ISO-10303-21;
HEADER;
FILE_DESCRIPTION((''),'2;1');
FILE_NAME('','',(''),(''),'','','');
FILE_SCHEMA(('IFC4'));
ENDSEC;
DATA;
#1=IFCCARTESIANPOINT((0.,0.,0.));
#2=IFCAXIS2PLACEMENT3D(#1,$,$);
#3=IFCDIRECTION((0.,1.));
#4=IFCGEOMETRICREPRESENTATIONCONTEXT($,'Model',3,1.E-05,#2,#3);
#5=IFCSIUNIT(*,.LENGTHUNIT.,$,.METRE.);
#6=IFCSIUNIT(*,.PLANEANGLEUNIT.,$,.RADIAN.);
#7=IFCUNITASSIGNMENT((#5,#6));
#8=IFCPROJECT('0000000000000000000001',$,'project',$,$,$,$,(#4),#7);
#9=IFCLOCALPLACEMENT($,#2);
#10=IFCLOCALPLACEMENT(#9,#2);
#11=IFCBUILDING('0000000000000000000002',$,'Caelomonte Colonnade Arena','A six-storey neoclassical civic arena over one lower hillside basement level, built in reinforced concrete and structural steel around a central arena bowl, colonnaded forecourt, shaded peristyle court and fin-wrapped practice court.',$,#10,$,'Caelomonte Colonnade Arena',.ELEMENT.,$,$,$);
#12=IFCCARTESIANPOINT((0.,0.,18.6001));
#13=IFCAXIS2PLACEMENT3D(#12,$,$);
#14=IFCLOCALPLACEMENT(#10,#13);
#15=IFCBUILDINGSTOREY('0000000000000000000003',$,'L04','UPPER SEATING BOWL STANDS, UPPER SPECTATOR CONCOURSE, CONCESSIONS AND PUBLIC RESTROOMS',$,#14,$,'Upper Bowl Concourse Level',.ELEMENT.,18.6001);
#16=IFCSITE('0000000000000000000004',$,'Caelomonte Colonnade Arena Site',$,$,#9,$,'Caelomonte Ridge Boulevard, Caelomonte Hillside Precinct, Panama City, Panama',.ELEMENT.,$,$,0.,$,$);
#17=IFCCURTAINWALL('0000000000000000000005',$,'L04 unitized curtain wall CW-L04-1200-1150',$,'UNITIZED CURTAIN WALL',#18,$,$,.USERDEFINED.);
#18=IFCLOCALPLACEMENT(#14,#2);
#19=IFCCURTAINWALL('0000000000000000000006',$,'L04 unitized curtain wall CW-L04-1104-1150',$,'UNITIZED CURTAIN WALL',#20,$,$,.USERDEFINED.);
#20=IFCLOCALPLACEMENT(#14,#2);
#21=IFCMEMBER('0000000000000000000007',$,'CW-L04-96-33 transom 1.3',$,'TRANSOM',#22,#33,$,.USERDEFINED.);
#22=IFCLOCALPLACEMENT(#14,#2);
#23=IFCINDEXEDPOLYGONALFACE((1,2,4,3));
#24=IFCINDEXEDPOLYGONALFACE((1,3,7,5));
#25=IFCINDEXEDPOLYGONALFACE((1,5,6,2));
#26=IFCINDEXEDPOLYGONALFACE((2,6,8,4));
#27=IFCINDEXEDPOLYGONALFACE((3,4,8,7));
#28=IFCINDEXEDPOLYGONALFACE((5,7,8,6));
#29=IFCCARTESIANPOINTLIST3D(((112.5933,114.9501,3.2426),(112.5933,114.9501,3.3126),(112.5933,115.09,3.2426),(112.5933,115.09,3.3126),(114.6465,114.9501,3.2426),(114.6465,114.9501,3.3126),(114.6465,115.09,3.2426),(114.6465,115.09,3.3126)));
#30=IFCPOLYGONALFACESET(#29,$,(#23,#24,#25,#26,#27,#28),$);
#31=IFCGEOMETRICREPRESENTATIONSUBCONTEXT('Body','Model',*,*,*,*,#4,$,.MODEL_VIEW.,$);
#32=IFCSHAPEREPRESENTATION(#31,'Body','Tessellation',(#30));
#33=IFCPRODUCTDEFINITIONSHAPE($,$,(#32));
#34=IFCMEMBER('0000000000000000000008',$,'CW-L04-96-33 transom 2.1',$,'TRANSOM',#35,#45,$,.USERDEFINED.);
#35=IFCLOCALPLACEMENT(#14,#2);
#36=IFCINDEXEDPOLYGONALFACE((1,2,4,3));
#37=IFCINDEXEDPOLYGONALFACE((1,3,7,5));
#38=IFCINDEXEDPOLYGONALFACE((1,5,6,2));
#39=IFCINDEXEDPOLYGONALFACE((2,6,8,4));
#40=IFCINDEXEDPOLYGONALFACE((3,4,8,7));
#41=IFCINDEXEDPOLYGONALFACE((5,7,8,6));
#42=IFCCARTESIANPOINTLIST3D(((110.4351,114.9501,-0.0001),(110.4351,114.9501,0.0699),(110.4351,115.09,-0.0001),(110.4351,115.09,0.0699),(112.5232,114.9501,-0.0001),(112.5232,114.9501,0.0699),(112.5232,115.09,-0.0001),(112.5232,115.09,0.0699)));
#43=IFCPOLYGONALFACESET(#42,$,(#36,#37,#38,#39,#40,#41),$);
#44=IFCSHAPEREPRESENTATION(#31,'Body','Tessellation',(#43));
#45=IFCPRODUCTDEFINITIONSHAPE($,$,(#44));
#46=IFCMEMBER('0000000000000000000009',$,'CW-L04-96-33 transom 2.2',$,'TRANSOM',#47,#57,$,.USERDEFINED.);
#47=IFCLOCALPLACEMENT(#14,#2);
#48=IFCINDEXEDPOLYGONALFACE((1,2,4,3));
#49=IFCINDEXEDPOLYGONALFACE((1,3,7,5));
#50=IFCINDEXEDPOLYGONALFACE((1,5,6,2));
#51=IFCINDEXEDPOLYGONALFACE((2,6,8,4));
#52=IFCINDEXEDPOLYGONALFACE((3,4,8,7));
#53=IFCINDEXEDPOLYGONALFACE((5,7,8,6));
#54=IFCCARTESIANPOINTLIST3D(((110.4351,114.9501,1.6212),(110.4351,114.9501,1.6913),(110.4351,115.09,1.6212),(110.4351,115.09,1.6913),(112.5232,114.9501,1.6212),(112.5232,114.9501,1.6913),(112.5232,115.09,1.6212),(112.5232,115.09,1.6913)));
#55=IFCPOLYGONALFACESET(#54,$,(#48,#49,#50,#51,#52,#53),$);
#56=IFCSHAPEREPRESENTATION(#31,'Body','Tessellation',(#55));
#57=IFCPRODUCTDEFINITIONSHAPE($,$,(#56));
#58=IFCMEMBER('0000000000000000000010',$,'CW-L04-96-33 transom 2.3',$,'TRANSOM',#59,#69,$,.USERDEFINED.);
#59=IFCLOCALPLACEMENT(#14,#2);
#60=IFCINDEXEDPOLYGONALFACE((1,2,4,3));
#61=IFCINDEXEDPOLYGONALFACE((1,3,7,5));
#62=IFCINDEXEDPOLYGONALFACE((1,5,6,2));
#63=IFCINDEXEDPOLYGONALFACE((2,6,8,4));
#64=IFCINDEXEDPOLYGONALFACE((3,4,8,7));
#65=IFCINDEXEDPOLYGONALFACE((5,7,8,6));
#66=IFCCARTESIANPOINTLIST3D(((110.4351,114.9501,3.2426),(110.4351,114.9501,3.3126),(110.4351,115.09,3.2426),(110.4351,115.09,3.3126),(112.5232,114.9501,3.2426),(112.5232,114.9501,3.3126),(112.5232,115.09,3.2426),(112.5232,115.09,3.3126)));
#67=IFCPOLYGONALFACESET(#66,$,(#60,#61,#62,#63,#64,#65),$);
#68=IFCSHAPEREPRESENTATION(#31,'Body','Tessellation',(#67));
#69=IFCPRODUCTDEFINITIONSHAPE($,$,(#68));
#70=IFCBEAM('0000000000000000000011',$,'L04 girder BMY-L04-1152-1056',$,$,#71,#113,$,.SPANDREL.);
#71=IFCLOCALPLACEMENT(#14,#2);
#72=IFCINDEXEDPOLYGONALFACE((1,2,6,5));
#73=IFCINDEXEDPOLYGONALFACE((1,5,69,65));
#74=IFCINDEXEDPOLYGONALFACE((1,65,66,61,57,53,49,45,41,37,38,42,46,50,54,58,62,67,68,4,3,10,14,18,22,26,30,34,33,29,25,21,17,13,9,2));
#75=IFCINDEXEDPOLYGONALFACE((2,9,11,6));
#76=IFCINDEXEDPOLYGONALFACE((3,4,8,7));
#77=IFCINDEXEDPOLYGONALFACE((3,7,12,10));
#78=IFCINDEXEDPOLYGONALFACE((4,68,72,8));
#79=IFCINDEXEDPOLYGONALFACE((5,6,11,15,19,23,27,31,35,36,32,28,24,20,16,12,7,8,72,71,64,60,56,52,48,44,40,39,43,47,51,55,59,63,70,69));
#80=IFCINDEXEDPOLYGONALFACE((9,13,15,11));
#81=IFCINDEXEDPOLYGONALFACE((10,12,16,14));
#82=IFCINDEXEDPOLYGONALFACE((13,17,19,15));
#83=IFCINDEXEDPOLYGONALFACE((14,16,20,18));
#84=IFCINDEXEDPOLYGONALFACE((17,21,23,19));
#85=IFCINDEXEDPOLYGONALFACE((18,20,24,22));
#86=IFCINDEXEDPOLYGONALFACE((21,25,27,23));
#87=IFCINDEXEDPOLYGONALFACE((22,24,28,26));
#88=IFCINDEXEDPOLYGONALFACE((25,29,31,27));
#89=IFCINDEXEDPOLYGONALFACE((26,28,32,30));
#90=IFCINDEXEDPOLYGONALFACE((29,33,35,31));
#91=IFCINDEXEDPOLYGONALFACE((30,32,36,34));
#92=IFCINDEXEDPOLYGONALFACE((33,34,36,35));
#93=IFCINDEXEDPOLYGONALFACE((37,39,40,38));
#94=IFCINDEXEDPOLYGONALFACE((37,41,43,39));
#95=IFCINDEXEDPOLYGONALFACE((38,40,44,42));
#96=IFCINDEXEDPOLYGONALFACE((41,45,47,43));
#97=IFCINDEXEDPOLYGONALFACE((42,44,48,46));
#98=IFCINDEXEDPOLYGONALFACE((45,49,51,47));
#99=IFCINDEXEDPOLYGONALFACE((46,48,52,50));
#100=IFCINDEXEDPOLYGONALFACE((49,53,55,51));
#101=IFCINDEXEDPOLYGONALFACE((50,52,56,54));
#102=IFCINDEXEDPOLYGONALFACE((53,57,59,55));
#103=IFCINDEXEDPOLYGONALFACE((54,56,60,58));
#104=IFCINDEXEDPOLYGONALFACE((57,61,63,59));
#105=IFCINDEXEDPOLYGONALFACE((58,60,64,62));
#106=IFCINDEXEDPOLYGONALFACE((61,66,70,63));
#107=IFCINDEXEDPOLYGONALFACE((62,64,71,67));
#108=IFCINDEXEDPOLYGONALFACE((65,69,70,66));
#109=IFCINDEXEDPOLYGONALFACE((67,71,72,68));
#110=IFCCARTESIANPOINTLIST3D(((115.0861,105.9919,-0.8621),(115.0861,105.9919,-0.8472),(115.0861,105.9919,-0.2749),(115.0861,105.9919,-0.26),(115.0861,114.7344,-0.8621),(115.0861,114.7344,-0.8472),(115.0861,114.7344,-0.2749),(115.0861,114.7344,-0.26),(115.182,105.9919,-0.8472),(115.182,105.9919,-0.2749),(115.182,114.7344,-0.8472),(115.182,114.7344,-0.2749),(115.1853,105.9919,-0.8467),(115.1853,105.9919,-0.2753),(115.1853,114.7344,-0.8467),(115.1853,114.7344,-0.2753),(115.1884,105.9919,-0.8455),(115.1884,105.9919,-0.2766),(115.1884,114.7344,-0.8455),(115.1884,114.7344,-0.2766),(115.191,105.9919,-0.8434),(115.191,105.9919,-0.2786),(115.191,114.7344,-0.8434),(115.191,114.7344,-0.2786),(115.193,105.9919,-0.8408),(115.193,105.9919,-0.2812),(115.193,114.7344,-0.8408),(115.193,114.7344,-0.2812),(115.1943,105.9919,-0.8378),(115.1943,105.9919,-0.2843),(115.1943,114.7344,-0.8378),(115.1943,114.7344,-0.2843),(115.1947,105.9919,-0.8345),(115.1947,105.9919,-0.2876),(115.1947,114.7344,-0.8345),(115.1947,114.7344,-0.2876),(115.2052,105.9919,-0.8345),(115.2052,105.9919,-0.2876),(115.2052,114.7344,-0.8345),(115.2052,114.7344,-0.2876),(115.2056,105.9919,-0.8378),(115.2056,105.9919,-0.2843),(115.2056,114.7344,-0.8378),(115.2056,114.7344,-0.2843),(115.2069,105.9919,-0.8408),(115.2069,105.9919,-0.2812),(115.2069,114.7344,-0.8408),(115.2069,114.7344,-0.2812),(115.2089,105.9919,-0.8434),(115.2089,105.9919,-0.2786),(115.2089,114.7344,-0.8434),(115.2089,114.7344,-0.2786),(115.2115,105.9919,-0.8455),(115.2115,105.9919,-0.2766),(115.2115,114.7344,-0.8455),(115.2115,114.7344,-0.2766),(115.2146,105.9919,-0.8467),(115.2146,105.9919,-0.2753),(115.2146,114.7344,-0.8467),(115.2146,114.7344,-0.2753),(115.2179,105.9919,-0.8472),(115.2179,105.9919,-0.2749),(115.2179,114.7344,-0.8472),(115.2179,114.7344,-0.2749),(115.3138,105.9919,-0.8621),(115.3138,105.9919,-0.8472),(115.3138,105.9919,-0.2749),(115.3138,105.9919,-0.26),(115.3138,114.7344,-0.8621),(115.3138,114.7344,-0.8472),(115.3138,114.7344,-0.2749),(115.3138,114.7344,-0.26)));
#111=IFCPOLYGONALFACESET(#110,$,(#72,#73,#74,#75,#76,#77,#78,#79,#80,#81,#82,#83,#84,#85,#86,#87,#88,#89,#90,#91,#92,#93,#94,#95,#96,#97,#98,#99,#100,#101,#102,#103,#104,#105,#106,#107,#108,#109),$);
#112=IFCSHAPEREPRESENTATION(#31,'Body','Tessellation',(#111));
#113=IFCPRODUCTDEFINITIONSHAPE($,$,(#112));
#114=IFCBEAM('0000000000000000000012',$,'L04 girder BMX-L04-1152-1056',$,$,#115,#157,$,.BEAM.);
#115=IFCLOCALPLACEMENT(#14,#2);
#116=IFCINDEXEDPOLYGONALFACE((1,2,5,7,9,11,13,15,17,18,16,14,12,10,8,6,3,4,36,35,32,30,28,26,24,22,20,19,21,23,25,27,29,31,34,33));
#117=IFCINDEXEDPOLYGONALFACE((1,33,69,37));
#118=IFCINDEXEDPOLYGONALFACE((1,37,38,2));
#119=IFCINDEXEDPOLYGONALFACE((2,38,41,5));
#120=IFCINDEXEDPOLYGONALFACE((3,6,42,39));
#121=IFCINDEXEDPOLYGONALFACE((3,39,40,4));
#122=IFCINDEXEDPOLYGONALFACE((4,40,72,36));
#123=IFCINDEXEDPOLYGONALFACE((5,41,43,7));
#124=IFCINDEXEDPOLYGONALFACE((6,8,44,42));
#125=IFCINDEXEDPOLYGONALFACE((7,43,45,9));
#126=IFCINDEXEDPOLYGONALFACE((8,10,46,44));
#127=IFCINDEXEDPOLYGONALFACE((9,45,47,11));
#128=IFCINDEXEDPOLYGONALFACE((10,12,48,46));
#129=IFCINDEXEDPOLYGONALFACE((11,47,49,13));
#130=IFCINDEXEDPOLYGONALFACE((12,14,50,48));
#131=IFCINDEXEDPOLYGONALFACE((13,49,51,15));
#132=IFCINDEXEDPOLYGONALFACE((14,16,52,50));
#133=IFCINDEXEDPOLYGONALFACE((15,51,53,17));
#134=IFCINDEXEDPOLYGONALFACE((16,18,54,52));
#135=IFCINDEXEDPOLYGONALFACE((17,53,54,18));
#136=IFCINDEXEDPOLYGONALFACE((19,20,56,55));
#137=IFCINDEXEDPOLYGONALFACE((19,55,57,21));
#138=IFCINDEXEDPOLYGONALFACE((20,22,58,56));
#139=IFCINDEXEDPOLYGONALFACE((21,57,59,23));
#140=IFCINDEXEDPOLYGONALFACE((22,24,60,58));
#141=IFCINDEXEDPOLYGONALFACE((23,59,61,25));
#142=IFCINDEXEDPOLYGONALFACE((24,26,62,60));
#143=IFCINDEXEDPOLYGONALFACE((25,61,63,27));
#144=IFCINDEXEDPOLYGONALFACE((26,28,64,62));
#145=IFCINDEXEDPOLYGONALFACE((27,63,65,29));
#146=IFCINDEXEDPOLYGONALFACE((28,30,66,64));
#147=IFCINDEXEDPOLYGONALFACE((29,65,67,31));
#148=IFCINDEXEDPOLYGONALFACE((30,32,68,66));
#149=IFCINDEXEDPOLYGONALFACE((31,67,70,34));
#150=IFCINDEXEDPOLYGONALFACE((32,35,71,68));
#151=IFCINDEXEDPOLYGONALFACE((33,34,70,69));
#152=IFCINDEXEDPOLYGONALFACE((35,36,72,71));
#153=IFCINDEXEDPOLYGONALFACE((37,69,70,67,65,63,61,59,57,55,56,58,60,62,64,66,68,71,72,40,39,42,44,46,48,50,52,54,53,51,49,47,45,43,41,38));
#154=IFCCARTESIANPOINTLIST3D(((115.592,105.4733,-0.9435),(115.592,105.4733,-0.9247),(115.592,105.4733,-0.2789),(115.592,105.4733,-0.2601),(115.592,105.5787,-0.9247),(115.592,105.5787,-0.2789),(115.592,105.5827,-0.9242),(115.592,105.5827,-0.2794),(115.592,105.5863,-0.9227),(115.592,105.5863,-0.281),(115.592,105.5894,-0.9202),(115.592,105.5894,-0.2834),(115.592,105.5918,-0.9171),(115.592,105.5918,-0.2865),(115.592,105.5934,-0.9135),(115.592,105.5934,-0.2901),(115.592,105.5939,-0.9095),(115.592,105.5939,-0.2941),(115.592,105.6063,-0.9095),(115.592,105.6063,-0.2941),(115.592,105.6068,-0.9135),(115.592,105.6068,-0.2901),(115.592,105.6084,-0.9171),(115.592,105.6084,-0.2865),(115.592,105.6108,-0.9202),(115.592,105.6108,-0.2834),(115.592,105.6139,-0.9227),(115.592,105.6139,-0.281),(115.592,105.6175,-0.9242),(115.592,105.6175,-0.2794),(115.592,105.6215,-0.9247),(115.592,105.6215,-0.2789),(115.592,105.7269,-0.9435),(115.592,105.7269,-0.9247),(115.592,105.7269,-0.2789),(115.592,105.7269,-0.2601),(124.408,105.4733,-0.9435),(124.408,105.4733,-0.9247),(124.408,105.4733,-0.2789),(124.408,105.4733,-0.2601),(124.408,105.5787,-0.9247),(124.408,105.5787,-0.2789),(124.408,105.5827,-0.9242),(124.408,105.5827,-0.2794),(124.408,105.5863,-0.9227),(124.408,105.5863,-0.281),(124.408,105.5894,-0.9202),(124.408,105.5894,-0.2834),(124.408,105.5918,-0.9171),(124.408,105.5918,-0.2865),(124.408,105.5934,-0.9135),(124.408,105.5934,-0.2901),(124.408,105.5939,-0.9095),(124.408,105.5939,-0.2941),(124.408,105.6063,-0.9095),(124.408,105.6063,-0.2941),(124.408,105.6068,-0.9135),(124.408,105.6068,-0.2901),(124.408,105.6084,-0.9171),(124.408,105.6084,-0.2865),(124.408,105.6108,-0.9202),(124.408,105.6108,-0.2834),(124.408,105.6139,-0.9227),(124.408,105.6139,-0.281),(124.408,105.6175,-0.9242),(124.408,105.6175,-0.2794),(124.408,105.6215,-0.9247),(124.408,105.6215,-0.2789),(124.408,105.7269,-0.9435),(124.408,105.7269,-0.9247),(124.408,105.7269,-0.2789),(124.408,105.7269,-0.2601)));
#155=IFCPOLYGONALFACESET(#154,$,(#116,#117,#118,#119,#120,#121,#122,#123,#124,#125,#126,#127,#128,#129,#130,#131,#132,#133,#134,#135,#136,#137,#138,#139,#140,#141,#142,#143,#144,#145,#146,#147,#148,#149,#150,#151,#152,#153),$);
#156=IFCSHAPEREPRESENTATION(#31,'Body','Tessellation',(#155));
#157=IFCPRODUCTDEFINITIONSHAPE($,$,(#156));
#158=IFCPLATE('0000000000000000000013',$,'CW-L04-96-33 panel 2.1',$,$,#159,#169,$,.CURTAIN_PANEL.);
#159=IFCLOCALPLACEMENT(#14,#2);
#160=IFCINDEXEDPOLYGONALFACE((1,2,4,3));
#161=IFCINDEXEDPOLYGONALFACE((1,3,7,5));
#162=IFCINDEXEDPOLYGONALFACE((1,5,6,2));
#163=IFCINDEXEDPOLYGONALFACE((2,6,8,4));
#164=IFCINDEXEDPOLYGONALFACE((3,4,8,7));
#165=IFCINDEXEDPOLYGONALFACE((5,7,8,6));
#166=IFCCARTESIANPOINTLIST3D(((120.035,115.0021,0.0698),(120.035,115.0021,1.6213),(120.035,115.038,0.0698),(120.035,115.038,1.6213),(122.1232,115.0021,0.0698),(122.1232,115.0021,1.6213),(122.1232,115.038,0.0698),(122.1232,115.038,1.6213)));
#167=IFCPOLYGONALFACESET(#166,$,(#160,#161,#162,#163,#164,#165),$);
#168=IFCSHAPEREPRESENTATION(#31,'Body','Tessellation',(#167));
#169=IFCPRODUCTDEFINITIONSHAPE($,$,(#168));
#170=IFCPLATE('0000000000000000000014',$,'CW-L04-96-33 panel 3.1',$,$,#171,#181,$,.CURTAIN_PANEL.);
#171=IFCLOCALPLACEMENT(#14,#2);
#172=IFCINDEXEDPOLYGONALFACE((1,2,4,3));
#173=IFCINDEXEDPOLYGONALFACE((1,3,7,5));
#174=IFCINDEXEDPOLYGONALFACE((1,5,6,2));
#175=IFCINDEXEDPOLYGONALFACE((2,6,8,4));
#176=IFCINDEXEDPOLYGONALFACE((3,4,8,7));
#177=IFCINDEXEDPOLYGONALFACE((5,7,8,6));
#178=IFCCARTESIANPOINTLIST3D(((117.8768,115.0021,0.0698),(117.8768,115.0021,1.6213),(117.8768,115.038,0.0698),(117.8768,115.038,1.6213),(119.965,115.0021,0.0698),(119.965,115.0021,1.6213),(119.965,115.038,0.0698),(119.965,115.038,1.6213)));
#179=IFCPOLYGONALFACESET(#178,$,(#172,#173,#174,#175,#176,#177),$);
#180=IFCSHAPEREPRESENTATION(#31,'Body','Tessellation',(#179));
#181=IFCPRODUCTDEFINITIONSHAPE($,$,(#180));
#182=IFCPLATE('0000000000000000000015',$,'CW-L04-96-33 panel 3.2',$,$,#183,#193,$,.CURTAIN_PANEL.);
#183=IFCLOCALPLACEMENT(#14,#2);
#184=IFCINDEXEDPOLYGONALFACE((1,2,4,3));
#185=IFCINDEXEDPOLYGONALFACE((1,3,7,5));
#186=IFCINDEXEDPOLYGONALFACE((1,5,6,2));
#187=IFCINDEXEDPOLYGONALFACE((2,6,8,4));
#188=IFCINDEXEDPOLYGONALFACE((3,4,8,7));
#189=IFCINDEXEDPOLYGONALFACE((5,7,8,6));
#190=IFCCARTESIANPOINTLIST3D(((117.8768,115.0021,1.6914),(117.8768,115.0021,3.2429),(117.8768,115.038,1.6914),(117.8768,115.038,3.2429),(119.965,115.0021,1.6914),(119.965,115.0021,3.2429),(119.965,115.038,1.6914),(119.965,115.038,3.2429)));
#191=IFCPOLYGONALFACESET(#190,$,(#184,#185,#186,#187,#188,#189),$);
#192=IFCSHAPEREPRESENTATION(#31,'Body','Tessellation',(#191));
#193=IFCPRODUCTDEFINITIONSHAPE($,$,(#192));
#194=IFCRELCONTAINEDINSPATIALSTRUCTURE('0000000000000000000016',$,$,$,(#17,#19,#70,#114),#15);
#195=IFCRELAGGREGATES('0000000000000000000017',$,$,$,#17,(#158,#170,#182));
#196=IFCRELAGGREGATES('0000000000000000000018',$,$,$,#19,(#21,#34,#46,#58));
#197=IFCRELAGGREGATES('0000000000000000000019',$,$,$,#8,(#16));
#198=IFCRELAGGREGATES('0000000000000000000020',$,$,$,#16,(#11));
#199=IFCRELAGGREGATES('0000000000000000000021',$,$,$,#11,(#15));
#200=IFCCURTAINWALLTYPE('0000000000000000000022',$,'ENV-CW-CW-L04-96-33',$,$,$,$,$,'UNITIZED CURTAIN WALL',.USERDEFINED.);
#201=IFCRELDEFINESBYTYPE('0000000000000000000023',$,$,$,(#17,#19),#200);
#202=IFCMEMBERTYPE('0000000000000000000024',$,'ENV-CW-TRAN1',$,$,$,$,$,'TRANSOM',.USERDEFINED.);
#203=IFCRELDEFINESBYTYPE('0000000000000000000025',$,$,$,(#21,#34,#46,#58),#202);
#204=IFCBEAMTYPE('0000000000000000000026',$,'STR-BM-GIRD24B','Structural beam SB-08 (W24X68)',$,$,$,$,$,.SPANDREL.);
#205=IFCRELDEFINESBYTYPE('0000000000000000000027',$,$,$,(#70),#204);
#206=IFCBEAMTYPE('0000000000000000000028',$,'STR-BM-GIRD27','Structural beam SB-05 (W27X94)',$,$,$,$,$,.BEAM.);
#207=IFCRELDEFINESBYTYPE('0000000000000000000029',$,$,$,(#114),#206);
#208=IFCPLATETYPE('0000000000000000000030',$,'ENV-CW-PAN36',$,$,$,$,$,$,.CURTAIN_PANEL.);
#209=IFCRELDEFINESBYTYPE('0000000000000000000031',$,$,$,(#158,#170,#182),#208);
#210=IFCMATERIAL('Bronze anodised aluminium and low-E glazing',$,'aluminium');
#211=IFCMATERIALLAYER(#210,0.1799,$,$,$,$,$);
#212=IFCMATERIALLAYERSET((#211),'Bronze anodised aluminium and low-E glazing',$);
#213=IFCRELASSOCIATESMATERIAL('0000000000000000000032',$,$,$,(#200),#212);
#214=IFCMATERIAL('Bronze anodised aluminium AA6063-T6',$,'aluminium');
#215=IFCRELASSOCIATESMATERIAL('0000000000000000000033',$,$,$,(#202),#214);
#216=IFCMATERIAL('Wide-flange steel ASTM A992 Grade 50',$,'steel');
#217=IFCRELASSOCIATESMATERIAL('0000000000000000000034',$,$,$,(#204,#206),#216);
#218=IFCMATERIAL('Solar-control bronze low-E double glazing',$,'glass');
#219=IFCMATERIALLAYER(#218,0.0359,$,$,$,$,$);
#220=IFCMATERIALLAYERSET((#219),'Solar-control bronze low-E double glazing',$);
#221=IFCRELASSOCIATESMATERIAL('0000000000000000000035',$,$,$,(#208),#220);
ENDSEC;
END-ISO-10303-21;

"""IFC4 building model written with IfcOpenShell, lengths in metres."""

from ifc_helpers import new_model, si_unit, direction, frame, origin, origin_2d, place, context, subcontext, project, spatial, rectangle, i_section, extrude, material, layer, layer_set, material_profile, profile_set, type_object, element, aggregate, save


model = new_model("IFC4")

# Units and contexts
model_context = context("Model", 3, precision=1e-05, world=origin(), true_north=direction((0.0, 1.0)))
body_context = subcontext(model_context, "Body", "Model", "MODEL_VIEW")
ifc_project = project(units=[si_unit("LENGTHUNIT", "METRE"), si_unit("PLANEANGLEUNIT", "RADIAN")], contexts=[model_context])

# Site, building, storey
site_placement = place(None, origin())
site = spatial("IfcSite", under=ifc_project, at=site_placement, Name="Caelomonte Colonnade Arena Site", LongName="Caelomonte Ridge Boulevard, Caelomonte Hillside Precinct, Panama City, Panama", CompositionType="ELEMENT", RefElevation=0.0)
building_placement = place(site_placement, origin())
building = spatial("IfcBuilding", under=site, at=building_placement, Name="Caelomonte Colonnade Arena", Description="A six-storey neoclassical civic arena over one lower hillside basement level, built in reinforced concrete and structural steel around a central arena bowl, colonnaded forecourt, shaded peristyle court and fin-wrapped practice court.", LongName="Caelomonte Colonnade Arena", CompositionType="ELEMENT")
storey_placement = place(building_placement, frame((0.0, 0.0, 18.6001)))
storey = spatial("IfcBuildingStorey", under=building, at=storey_placement, Name="L04", Description="UPPER SEATING BOWL STANDS, UPPER SPECTATOR CONCOURSE, CONCESSIONS AND PUBLIC RESTROOMS", LongName="Upper Bowl Concourse Level", CompositionType="ELEMENT", Elevation=18.6001)

# Curtain walls
ifc_material_1 = material(Name="Bronze anodised aluminium and low-E glazing", Category="aluminium")
ifc_layer_1 = layer(ifc_material_1, 0.1799)
ifc_layer_set_1 = layer_set([ifc_layer_1], Name="Bronze anodised aluminium and low-E glazing")
curtain_wall_type = type_object("IfcCurtainWallType", Name="ENV-CW-CW-L04-96-33", ElementType="UNITIZED CURTAIN WALL", PredefinedType="USERDEFINED", material=ifc_layer_set_1)
curtain_wall_1_placement = place(storey_placement, origin())
curtain_wall_1 = element("IfcCurtainWall", 1, at=curtain_wall_1_placement, inside=storey, type_object=curtain_wall_type, Name="L04 unitized curtain wall CW-L04-1200-1150", ObjectType="UNITIZED CURTAIN WALL", PredefinedType="USERDEFINED")
ifc_material_2 = material(Name="Bronze anodised aluminium AA6063-T6", Category="aluminium")
curtain_wall_2_placement = place(storey_placement, origin())
curtain_wall_2 = element("IfcCurtainWall", 2, at=curtain_wall_2_placement, inside=storey, type_object=curtain_wall_type, Name="L04 unitized curtain wall CW-L04-1104-1150", ObjectType="UNITIZED CURTAIN WALL", PredefinedType="USERDEFINED")

# Members
ifc_material_profile_1 = material_profile(ifc_material_2, rectangle(XDim=0.0701, YDim=0.1399, at=origin_2d()), Name="CWT-70X140")
ifc_profile_set_1 = profile_set([ifc_material_profile_1], Name="Bronze anodised aluminium AA6063-T6")
member_type_1 = type_object("IfcMemberType", Name="ENV-CW-TRAN1", ElementType="TRANSOM", PredefinedType="USERDEFINED", material=ifc_profile_set_1)
member_1_placement = place(storey_placement, frame((114.6465, 115.02, 3.2776), z_axis=(-1.0, 0.0, 0.0), x_axis=(0.0, 0.0, 1.0)))
member_1 = element("IfcMember", 3, at=member_1_placement, type_object=member_type_1, Name="CW-L04-96-33 transom 1.3", ObjectType="TRANSOM", PredefinedType="USERDEFINED", context=body_context, shape_type="SweptSolid", body=[
    extrude(rectangle(XDim=0.0701, YDim=0.1399, at=origin_2d()), origin(), (0.0, 0.0, 1.0), 2.0532),
])
member_2_placement = place(storey_placement, frame((112.5232, 115.02, 0.0349), z_axis=(-1.0, 0.0, 0.0), x_axis=(0.0, 0.0, 1.0)))
member_2 = element("IfcMember", 4, at=member_2_placement, type_object=member_type_1, Name="CW-L04-96-33 transom 2.1", ObjectType="TRANSOM", PredefinedType="USERDEFINED", context=body_context, shape_type="SweptSolid", body=[
    extrude(rectangle(XDim=0.0701, YDim=0.1399, at=origin_2d()), origin(), (0.0, 0.0, 1.0), 2.0881),
])
member_3_placement = place(storey_placement, frame((112.5232, 115.02, 1.6562), z_axis=(-1.0, 0.0, 0.0), x_axis=(0.0, 0.0, 1.0)))
member_3 = element("IfcMember", 5, at=member_3_placement, type_object=member_type_1, Name="CW-L04-96-33 transom 2.2", ObjectType="TRANSOM", PredefinedType="USERDEFINED", context=body_context, shape_type="SweptSolid", body=[
    extrude(rectangle(XDim=0.0701, YDim=0.1399, at=origin_2d()), origin(), (0.0, 0.0, 1.0), 2.0881),
])
member_4_placement = place(storey_placement, frame((112.5232, 115.02, 3.2776), z_axis=(-1.0, 0.0, 0.0), x_axis=(0.0, 0.0, 1.0)))
member_4 = element("IfcMember", 6, at=member_4_placement, type_object=member_type_1, Name="CW-L04-96-33 transom 2.3", ObjectType="TRANSOM", PredefinedType="USERDEFINED", context=body_context, shape_type="SweptSolid", body=[
    extrude(rectangle(XDim=0.0701, YDim=0.1399, at=origin_2d()), origin(), (0.0, 0.0, 1.0), 2.0881),
])

# Beams
ifc_material_3 = material(Name="Wide-flange steel ASTM A992 Grade 50", Category="steel")
ifc_material_profile_2 = material_profile(ifc_material_3, i_section(OverallWidth=0.2278, OverallDepth=0.6021, WebThickness=0.0105, FlangeThickness=0.0149, FilletRadius=0.0127, at=origin_2d()), Name="W24X68")
ifc_profile_set_2 = profile_set([ifc_material_profile_2], Name="Wide-flange steel ASTM A992 Grade 50")
beam_type_1 = type_object("IfcBeamType", Name="STR-BM-GIRD24B", Description="Structural beam SB-08 (W24X68)", PredefinedType="SPANDREL", material=ifc_profile_set_2)
beam_1_placement = place(storey_placement, frame((115.2, 105.9919, -0.561), z_axis=(0.0, 1.0, 0.0), x_axis=(-1.0, 0.0, 0.0)))
element("IfcBeam", 7, at=beam_1_placement, inside=storey, type_object=beam_type_1, Name="L04 girder BMY-L04-1152-1056", PredefinedType="SPANDREL", context=body_context, shape_type="SweptSolid", body=[
    extrude(i_section(OverallWidth=0.2278, OverallDepth=0.6021, WebThickness=0.0105, FlangeThickness=0.0149, FilletRadius=0.0127, at=origin_2d()), origin(), (0.0, 0.0, 1.0), 8.7424),
])
ifc_material_profile_3 = material_profile(ifc_material_3, i_section(OverallWidth=0.2537, OverallDepth=0.6833, WebThickness=0.0125, FlangeThickness=0.0188, FilletRadius=0.0151, at=origin_2d()), Name="W27X94")
ifc_profile_set_3 = profile_set([ifc_material_profile_3], Name="Wide-flange steel ASTM A992 Grade 50")
beam_type_2 = type_object("IfcBeamType", Name="STR-BM-GIRD27", Description="Structural beam SB-05 (W27X94)", PredefinedType="BEAM", material=ifc_profile_set_3)
beam_2_placement = place(storey_placement, frame((115.592, 105.6001, -0.6018), z_axis=(1.0, 0.0, 0.0), x_axis=(0.0, 1.0, 0.0)))
element("IfcBeam", 8, at=beam_2_placement, inside=storey, type_object=beam_type_2, Name="L04 girder BMX-L04-1152-1056", PredefinedType="BEAM", context=body_context, shape_type="SweptSolid", body=[
    extrude(i_section(OverallWidth=0.2537, OverallDepth=0.6833, WebThickness=0.0125, FlangeThickness=0.0188, FilletRadius=0.0151, at=origin_2d()), origin(), (0.0, 0.0, 1.0), 8.8159),
])

# Plates
ifc_material_4 = material(Name="Solar-control bronze low-E double glazing", Category="glass")
ifc_layer_2 = layer(ifc_material_4, 0.0359)
ifc_layer_set_2 = layer_set([ifc_layer_2], Name="Solar-control bronze low-E double glazing")
plate_type = type_object("IfcPlateType", Name="ENV-CW-PAN36", PredefinedType="CURTAIN_PANEL", material=ifc_layer_set_2)
plate_1_placement = place(storey_placement, frame((121.0791, 115.02, 0.0698), z_axis=(0.0, 0.0, 1.0), x_axis=(-1.0, 0.0, 0.0)))
plate_1 = element("IfcPlate", 9, at=plate_1_placement, type_object=plate_type, Name="CW-L04-96-33 panel 2.1", PredefinedType="CURTAIN_PANEL", context=body_context, shape_type="SweptSolid", body=[
    extrude(rectangle(XDim=2.0881, YDim=0.0359, at=origin_2d()), origin(), (0.0, 0.0, 1.0), 1.5515),
])
plate_2_placement = place(storey_placement, frame((118.9209, 115.02, 0.0698), z_axis=(0.0, 0.0, 1.0), x_axis=(-1.0, 0.0, 0.0)))
plate_2 = element("IfcPlate", 10, at=plate_2_placement, type_object=plate_type, Name="CW-L04-96-33 panel 3.1", PredefinedType="CURTAIN_PANEL", context=body_context, shape_type="SweptSolid", body=[
    extrude(rectangle(XDim=2.0881, YDim=0.0359, at=origin_2d()), origin(), (0.0, 0.0, 1.0), 1.5515),
])
plate_3_placement = place(storey_placement, frame((118.9209, 115.02, 1.6914), z_axis=(0.0, 0.0, 1.0), x_axis=(-1.0, 0.0, 0.0)))
plate_3 = element("IfcPlate", 11, at=plate_3_placement, type_object=plate_type, Name="CW-L04-96-33 panel 3.2", PredefinedType="CURTAIN_PANEL", context=body_context, shape_type="SweptSolid", body=[
    extrude(rectangle(XDim=2.0881, YDim=0.0359, at=origin_2d()), origin(), (0.0, 0.0, 1.0), 1.5515),
])
aggregate(curtain_wall_1, [plate_1, plate_2, plate_3])
aggregate(curtain_wall_2, [member_1, member_2, member_3, member_4])

save(model, "model.ifc")
